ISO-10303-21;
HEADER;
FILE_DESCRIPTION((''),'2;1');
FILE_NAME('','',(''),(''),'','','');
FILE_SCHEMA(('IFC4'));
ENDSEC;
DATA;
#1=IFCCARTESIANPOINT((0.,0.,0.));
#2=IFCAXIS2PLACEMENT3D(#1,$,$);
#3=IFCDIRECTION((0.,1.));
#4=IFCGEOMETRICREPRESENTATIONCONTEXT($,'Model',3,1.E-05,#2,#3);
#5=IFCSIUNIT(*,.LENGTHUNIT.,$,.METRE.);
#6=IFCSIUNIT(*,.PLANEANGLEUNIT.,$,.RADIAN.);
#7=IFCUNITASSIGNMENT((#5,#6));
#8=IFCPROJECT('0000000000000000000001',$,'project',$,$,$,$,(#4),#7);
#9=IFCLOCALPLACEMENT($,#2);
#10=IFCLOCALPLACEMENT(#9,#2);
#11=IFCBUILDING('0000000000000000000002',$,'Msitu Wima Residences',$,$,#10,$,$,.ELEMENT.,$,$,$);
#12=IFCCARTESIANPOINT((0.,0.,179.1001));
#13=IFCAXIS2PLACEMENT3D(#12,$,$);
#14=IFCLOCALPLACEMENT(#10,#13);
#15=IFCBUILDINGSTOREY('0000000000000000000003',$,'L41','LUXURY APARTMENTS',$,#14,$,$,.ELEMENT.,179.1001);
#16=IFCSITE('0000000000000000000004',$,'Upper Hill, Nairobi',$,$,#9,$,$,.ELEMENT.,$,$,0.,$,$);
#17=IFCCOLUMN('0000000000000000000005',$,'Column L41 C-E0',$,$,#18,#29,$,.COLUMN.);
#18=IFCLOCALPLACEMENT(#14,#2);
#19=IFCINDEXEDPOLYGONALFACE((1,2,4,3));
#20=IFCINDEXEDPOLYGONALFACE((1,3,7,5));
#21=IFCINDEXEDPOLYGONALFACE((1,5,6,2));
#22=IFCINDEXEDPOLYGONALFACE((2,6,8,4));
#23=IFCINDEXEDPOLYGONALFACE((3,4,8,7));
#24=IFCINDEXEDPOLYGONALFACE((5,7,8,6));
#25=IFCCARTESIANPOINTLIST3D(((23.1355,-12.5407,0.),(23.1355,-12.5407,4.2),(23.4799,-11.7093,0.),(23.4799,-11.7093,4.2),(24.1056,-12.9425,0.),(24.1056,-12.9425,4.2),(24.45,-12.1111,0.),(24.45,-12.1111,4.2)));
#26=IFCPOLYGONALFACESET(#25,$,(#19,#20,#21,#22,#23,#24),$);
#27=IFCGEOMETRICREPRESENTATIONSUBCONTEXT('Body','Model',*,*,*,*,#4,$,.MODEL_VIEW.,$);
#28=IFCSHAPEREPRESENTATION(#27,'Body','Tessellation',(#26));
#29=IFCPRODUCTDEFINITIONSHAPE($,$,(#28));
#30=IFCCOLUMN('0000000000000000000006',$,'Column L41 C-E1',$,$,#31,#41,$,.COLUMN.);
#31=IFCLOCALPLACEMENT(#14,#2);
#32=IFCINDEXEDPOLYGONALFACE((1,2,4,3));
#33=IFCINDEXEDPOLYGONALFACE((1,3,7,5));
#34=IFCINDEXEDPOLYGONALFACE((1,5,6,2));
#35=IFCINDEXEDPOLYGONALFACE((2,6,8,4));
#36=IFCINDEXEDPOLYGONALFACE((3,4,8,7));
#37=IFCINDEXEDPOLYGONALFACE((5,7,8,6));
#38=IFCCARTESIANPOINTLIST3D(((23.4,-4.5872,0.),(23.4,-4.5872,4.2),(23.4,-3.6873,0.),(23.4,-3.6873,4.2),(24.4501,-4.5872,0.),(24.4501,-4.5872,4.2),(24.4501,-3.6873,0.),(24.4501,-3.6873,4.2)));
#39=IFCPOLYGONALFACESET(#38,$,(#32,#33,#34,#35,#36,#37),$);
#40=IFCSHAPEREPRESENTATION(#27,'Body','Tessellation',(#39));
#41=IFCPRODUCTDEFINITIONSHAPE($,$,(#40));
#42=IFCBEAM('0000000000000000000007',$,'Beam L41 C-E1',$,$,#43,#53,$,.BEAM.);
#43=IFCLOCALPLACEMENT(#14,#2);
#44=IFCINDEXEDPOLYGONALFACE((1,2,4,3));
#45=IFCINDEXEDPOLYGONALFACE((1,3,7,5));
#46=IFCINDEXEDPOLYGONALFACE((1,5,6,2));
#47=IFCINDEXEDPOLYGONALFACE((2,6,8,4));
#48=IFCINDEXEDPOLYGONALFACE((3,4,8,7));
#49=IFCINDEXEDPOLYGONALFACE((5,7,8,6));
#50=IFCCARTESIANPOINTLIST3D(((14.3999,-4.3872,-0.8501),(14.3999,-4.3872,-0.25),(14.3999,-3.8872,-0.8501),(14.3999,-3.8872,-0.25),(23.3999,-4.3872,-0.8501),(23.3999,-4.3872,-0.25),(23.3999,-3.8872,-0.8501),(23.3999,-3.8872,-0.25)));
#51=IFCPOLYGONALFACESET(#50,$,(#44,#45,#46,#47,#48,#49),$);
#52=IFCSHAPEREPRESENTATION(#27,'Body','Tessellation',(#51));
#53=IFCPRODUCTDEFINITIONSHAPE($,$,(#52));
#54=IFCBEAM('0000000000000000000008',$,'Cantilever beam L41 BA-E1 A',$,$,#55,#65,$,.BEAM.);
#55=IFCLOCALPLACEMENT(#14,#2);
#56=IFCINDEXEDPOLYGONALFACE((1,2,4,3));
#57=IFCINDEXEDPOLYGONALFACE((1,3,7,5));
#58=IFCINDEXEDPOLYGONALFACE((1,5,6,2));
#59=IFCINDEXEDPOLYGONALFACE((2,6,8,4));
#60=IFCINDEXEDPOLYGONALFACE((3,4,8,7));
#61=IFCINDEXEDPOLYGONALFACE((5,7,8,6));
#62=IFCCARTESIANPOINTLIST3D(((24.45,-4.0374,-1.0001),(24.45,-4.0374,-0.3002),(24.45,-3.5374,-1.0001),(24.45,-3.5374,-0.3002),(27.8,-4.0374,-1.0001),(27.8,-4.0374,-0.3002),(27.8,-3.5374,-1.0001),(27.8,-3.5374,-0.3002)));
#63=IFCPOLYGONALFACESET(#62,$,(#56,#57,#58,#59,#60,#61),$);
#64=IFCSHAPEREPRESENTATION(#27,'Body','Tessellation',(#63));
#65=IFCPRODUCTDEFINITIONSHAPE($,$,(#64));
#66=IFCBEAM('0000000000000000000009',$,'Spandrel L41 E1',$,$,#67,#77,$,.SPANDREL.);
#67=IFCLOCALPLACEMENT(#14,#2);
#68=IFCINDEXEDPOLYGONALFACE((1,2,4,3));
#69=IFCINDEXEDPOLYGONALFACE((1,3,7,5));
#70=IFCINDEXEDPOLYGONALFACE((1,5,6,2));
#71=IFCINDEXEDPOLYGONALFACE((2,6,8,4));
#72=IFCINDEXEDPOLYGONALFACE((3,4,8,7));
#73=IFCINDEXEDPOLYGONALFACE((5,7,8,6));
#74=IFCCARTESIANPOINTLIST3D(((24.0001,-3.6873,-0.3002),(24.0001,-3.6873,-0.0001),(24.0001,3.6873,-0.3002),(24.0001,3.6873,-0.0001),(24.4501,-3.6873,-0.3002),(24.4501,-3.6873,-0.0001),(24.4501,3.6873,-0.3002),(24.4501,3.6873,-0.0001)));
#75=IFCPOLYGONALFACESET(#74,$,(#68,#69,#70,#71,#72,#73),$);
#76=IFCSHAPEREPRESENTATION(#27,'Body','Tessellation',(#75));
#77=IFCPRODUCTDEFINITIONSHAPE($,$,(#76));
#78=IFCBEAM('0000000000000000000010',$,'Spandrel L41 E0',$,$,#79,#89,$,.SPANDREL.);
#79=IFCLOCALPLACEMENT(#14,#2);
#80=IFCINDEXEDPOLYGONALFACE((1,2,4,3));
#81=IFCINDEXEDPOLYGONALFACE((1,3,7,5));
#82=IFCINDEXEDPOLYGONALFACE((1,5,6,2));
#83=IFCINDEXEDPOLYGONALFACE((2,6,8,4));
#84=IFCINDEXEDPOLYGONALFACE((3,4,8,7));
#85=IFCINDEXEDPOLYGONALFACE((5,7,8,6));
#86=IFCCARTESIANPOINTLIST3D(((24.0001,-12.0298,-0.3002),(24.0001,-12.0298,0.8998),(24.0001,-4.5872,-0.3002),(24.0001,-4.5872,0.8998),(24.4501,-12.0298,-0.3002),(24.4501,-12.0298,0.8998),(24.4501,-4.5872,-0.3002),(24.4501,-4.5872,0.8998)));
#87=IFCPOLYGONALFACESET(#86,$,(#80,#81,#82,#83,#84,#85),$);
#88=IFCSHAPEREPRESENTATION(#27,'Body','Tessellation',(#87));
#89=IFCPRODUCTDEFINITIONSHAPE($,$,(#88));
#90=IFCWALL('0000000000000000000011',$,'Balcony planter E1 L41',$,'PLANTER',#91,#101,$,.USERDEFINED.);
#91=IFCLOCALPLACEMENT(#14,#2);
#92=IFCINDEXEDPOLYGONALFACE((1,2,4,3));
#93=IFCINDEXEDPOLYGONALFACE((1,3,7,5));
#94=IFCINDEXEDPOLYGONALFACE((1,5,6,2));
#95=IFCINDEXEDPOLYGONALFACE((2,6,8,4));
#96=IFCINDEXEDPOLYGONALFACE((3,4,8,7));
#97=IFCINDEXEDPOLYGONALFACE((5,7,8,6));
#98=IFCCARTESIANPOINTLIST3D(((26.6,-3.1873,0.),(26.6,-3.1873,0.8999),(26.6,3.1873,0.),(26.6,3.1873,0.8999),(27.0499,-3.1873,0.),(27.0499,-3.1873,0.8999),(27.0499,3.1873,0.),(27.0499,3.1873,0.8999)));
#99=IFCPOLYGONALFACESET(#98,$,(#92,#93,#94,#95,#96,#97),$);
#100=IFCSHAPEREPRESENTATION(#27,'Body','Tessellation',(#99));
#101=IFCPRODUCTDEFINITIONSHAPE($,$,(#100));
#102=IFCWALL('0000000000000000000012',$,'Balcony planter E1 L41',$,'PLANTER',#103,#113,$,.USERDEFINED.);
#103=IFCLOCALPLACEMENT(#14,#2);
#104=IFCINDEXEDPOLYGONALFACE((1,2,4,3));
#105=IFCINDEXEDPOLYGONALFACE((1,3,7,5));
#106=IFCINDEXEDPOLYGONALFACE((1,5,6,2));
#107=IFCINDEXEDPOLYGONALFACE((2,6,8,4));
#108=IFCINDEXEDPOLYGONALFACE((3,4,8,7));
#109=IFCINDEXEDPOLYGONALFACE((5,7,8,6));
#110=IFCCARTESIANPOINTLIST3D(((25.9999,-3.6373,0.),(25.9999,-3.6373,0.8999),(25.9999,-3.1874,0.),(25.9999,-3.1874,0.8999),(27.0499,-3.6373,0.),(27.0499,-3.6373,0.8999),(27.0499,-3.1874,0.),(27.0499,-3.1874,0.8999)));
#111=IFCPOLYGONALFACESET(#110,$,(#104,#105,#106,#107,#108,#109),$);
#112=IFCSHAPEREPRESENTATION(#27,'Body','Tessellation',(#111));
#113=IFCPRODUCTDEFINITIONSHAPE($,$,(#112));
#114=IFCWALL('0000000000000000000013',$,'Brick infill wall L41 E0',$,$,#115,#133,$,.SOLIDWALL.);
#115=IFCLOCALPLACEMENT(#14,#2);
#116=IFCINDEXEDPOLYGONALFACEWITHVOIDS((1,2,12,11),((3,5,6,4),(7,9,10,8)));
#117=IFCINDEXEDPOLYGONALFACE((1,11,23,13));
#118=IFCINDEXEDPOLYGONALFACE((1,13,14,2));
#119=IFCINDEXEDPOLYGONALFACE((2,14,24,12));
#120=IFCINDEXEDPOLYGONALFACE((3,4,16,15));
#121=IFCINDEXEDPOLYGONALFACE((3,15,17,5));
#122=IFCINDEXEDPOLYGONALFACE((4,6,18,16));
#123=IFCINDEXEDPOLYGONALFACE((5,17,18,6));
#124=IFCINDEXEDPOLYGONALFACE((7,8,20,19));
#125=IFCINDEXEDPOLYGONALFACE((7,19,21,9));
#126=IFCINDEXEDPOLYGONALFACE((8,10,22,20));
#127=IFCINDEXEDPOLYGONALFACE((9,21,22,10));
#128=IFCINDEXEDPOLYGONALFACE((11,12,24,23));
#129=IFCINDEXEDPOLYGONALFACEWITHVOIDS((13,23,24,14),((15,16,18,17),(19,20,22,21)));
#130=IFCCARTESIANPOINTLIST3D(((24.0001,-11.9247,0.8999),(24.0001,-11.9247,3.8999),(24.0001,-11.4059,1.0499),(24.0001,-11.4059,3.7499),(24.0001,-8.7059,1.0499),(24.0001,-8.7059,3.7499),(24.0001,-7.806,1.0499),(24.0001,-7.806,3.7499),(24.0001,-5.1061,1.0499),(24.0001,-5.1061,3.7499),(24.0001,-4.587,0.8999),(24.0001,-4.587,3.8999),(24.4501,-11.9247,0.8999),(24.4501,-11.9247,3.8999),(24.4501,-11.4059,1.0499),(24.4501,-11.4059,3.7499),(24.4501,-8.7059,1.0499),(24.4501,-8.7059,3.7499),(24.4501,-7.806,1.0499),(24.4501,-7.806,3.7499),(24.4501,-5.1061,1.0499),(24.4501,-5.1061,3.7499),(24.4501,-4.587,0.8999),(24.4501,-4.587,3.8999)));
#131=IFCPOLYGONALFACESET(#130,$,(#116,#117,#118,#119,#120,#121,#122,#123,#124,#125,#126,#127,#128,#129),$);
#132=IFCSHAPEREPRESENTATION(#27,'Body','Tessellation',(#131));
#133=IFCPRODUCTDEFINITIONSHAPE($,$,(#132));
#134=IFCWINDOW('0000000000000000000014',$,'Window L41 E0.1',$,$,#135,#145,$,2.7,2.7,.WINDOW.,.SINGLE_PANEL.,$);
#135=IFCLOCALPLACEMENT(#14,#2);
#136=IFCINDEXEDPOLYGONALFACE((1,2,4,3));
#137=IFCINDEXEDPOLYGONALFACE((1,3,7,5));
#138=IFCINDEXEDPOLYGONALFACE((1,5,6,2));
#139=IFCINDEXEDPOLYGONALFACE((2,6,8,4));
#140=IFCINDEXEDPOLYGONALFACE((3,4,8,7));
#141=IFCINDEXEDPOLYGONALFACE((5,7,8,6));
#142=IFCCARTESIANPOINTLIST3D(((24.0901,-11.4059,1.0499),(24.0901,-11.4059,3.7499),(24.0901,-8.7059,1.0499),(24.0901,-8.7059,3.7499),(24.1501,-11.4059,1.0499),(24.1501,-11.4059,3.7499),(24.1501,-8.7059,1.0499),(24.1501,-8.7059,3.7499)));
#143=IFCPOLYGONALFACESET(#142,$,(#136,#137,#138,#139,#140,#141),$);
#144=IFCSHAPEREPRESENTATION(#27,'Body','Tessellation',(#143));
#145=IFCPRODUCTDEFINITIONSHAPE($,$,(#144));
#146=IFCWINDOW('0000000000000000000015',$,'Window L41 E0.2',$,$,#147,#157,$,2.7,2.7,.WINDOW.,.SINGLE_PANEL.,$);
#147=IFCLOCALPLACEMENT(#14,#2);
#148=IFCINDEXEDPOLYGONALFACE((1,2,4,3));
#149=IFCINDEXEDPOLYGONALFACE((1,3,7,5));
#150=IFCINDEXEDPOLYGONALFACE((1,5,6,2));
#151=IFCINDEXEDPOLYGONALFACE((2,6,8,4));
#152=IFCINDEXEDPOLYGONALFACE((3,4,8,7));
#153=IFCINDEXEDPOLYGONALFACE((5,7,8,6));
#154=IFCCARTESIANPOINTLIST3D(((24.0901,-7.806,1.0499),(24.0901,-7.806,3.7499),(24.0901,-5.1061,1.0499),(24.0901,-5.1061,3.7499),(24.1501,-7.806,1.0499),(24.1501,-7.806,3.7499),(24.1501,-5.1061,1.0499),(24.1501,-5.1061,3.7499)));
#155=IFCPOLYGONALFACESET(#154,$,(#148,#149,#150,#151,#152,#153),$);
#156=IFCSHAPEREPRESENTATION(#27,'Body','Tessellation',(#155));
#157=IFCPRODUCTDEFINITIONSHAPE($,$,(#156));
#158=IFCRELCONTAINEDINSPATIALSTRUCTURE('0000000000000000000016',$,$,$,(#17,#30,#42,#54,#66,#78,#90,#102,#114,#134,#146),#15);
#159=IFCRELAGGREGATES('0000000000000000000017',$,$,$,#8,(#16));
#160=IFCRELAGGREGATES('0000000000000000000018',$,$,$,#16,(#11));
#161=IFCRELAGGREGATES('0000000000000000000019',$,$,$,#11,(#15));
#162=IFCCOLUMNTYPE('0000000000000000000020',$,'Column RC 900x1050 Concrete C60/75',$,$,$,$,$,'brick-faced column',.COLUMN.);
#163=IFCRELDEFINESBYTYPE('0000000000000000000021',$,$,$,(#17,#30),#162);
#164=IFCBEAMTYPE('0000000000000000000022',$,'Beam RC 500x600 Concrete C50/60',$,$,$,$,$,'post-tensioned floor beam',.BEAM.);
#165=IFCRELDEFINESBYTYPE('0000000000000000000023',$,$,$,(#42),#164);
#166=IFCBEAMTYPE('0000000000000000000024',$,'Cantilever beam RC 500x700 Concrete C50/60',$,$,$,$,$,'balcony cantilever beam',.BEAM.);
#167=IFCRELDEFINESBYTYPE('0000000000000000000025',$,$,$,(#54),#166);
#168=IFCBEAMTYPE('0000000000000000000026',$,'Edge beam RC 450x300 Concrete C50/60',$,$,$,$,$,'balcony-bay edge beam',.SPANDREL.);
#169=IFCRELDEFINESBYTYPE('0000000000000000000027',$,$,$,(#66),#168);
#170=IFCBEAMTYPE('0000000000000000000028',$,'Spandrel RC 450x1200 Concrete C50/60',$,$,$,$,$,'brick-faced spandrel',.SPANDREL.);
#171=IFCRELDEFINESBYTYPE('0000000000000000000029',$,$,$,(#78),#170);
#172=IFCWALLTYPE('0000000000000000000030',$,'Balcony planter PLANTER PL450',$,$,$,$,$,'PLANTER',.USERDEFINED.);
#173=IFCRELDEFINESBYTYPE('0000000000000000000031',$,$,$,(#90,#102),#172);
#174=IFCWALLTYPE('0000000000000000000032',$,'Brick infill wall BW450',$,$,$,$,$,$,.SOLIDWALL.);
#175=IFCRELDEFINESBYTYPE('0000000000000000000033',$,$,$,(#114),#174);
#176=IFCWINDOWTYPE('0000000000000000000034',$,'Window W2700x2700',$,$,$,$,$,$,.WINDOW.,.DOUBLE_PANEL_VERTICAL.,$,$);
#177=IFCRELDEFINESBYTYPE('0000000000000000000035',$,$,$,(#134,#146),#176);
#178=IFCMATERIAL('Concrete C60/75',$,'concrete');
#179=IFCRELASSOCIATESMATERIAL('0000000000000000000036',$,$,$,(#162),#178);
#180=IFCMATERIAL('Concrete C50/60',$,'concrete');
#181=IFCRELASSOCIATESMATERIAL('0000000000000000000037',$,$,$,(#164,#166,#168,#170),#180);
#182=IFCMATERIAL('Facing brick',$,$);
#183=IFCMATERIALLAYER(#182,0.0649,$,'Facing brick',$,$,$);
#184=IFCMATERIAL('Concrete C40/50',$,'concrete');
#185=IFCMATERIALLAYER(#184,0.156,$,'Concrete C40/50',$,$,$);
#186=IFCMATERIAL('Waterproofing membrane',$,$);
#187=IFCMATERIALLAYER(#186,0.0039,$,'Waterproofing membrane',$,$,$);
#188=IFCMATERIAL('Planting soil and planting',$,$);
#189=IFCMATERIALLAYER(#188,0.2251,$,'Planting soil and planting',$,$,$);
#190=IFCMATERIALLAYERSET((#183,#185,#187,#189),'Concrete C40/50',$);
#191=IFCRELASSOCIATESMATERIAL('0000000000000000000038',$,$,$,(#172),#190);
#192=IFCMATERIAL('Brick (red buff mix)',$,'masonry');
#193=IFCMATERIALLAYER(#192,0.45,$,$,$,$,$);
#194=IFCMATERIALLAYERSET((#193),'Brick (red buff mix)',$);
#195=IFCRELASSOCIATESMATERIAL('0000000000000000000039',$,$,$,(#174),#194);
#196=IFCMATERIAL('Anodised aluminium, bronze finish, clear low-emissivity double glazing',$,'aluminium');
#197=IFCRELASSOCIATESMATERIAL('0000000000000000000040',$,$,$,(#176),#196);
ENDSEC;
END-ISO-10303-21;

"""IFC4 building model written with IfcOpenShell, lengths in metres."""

from ifc_helpers import new_model, si_unit, direction, frame, frame_2d, origin, origin_2d, place, context, subcontext, project, spatial, rectangle, extrude, material, layer, layer_set, material_profile, profile_set, type_object, element, fill, save


model = new_model("IFC4")

# Units and contexts
model_context = context("Model", 3, precision=1e-05, world=origin(), true_north=direction((0.0, 1.0)))
body_context = subcontext(model_context, "Body", "Model", "MODEL_VIEW")
ifc_project = project(units=[si_unit("LENGTHUNIT", "METRE"), si_unit("PLANEANGLEUNIT", "RADIAN")], contexts=[model_context])

# Site, building, storey
site_placement = place(None, origin())
site = spatial("IfcSite", under=ifc_project, at=site_placement, Name="Upper Hill, Nairobi", CompositionType="ELEMENT", RefElevation=0.0)
building_placement = place(site_placement, origin())
building = spatial("IfcBuilding", under=site, at=building_placement, Name="Msitu Wima Residences", CompositionType="ELEMENT")
storey_placement = place(building_placement, frame((0.0, 0.0, 179.1001)))
storey = spatial("IfcBuildingStorey", under=building, at=storey_placement, Name="L41", Description="LUXURY APARTMENTS", CompositionType="ELEMENT", Elevation=179.1001)

# Columns
ifc_material_1 = material(Name="Concrete C60/75", Category="concrete")
ifc_material_profile_1 = material_profile(ifc_material_1, rectangle(XDim=0.8999, YDim=1.05, at=origin_2d()), Name="RC 900x1050")
ifc_profile_set_1 = profile_set([ifc_material_profile_1], Name="Concrete C60/75")
column_type = type_object("IfcColumnType", Name="Column RC 900x1050 Concrete C60/75", ElementType="brick-faced column", PredefinedType="COLUMN", material=ifc_profile_set_1)
for number, where, z_axis, x_axis, name in (
    (1, (23.7927, -12.3259, 0.0), (0.0, 0.0, 1.0), (0.382683, 0.92388, 0.0), "Column L41 C-E0"),
    (2, (23.925, -4.1372, 0.0), (0.0, 0.0, 1.0), (0.0, 1.0, 0.0), "Column L41 C-E1"),
):
    element("IfcColumn", number, at=place(storey_placement, frame(where, z_axis=z_axis, x_axis=x_axis)), inside=storey, type_object=column_type, Name=name, PredefinedType="COLUMN", context=body_context, shape_type="SweptSolid", body=[
        extrude(rectangle(XDim=0.8999, YDim=1.05, at=origin_2d()), origin(), (0.0, 0.0, 1.0), 4.2),
    ])

# Beams
ifc_material_2 = material(Name="Concrete C50/60", Category="concrete")
ifc_material_profile_2 = material_profile(ifc_material_2, rectangle(XDim=0.5, YDim=0.6001, at=origin_2d()), Name="RC 500x600")
ifc_profile_set_2 = profile_set([ifc_material_profile_2], Name="Concrete C50/60")
beam_type_1 = type_object("IfcBeamType", Name="Beam RC 500x600 Concrete C50/60", ElementType="post-tensioned floor beam", PredefinedType="BEAM", material=ifc_profile_set_2)
beam_1_placement = place(storey_placement, frame((23.3999, -4.1372, -0.55), z_axis=(-1.0, 0.0, 0.0), x_axis=(0.0, -1.0, 0.0)))
element("IfcBeam", 3, at=beam_1_placement, inside=storey, type_object=beam_type_1, Name="Beam L41 C-E1", PredefinedType="BEAM", context=body_context, shape_type="SweptSolid", body=[
    extrude(rectangle(XDim=0.5, YDim=0.6001, at=origin_2d()), origin(), (0.0, 0.0, 1.0), 9.0),
])
ifc_material_profile_3 = material_profile(ifc_material_2, rectangle(XDim=0.5, YDim=0.7, at=origin_2d()), Name="RC 500x700")
ifc_profile_set_3 = profile_set([ifc_material_profile_3], Name="Concrete C50/60")
beam_type_2 = type_object("IfcBeamType", Name="Cantilever beam RC 500x700 Concrete C50/60", ElementType="balcony cantilever beam", PredefinedType="BEAM", material=ifc_profile_set_3)
beam_2_placement = place(storey_placement, frame((24.45, -3.7874, -0.6501), z_axis=(1.0, 0.0, 0.0), x_axis=(0.0, 1.0, 0.0)))
element("IfcBeam", 4, at=beam_2_placement, inside=storey, type_object=beam_type_2, Name="Cantilever beam L41 BA-E1 A", PredefinedType="BEAM", context=body_context, shape_type="SweptSolid", body=[
    extrude(rectangle(XDim=0.5, YDim=0.7, at=origin_2d()), origin(), (0.0, 0.0, 1.0), 3.3501),
])
ifc_material_profile_4 = material_profile(ifc_material_2, rectangle(XDim=0.45, YDim=0.3, at=origin_2d()), Name="RC 450x300")
ifc_profile_set_4 = profile_set([ifc_material_profile_4], Name="Concrete C50/60")
beam_type_3 = type_object("IfcBeamType", Name="Edge beam RC 450x300 Concrete C50/60", ElementType="balcony-bay edge beam", PredefinedType="SPANDREL", material=ifc_profile_set_4)
beam_3_placement = place(storey_placement, frame((24.2251, -3.6873, -0.1501), z_axis=(0.0, 1.0, 0.0), x_axis=(-1.0, 0.0, 0.0)))
element("IfcBeam", 5, at=beam_3_placement, inside=storey, type_object=beam_type_3, Name="Spandrel L41 E1", PredefinedType="SPANDREL", context=body_context, shape_type="SweptSolid", body=[
    extrude(rectangle(XDim=0.45, YDim=0.3, at=origin_2d()), origin(), (0.0, 0.0, 1.0), 7.3745),
])
ifc_material_profile_5 = material_profile(ifc_material_2, rectangle(XDim=0.45, YDim=1.2, at=origin_2d()), Name="RC 450x1200")
ifc_profile_set_5 = profile_set([ifc_material_profile_5], Name="Concrete C50/60")
beam_type_4 = type_object("IfcBeamType", Name="Spandrel RC 450x1200 Concrete C50/60", ElementType="brick-faced spandrel", PredefinedType="SPANDREL", material=ifc_profile_set_5)
beam_4_placement = place(storey_placement, frame((24.2251, -12.0298, 0.2998), z_axis=(0.0, 1.0, 0.0), x_axis=(-1.0, 0.0, 0.0)))
element("IfcBeam", 6, at=beam_4_placement, inside=storey, type_object=beam_type_4, Name="Spandrel L41 E0", PredefinedType="SPANDREL", context=body_context, shape_type="SweptSolid", body=[
    extrude(rectangle(XDim=0.45, YDim=1.2, at=origin_2d()), origin(), (0.0, 0.0, 1.0), 7.4426),
])

# Walls
ifc_material_3 = material(Name="Facing brick")
ifc_layer_1 = layer(ifc_material_3, 0.0649, Name="Facing brick")
ifc_material_4 = material(Name="Concrete C40/50", Category="concrete")
ifc_layer_2 = layer(ifc_material_4, 0.156, Name="Concrete C40/50")
ifc_material_5 = material(Name="Waterproofing membrane")
ifc_layer_3 = layer(ifc_material_5, 0.0039, Name="Waterproofing membrane")
ifc_material_6 = material(Name="Planting soil and planting")
ifc_layer_4 = layer(ifc_material_6, 0.2251, Name="Planting soil and planting")
ifc_layer_set_1 = layer_set([ifc_layer_1, ifc_layer_2, ifc_layer_3, ifc_layer_4], Name="Concrete C40/50")
wall_type_1 = type_object("IfcWallType", Name="Balcony planter PLANTER PL450", ElementType="PLANTER", PredefinedType="USERDEFINED", material=ifc_layer_set_1)
wall_1_placement = place(storey_placement, frame((26.825, -3.1873, 0.0), z_axis=(0.0, 0.0, 1.0), x_axis=(0.0, 1.0, 0.0)))
element("IfcWall", 7, at=wall_1_placement, inside=storey, type_object=wall_type_1, Name="Balcony planter E1 L41", ObjectType="PLANTER", PredefinedType="USERDEFINED", context=body_context, shape_type="SweptSolid", body=[
    extrude(rectangle(XDim=6.3745, YDim=0.45, at=frame_2d((3.1873, 0.0))), origin(), (0.0, 0.0, 1.0), 0.8999),
])
wall_2_placement = place(storey_placement, frame((26.0, -3.4124, 0.0), z_axis=(0.0, 0.0, 1.0), x_axis=(1.0, 0.0, 0.0)))
element("IfcWall", 8, at=wall_2_placement, inside=storey, type_object=wall_type_1, Name="Balcony planter E1 L41", ObjectType="PLANTER", PredefinedType="USERDEFINED", context=body_context, shape_type="SweptSolid", body=[
    extrude(rectangle(XDim=1.05, YDim=0.45, at=frame_2d((0.5249, 0.0))), origin(), (0.0, 0.0, 1.0), 0.8999),
])

# Wall, openings, windows
ifc_material_7 = material(Name="Brick (red buff mix)", Category="masonry")
ifc_layer_5 = layer(ifc_material_7, 0.45)
ifc_layer_set_2 = layer_set([ifc_layer_5], Name="Brick (red buff mix)")
wall_type_2 = type_object("IfcWallType", Name="Brick infill wall BW450", PredefinedType="SOLIDWALL", material=ifc_layer_set_2)
wall_3_placement = place(storey_placement, frame((24.2251, -11.9248, 0.8999), z_axis=(0.0, 0.0, 1.0), x_axis=(0.0, 1.0, 0.0)))
wall_3 = element("IfcWall", 9, at=wall_3_placement, inside=storey, type_object=wall_type_2, Name="Brick infill wall L41 E0", PredefinedType="SOLIDWALL", context=body_context, shape_type="SweptSolid", body=[
    extrude(rectangle(XDim=7.3376, YDim=0.45, at=frame_2d((3.6689, 0.0))), origin(), (0.0, 0.0, 1.0), 3.0),
])
opening_1_placement = place(wall_3_placement, frame((0.5188, 0.0, 0.1499)))
opening_1 = element("IfcOpeningElement", 10, at=opening_1_placement, cuts=wall_3, PredefinedType="OPENING", context=body_context, shape_type="SweptSolid", body=[
    extrude(rectangle(XDim=2.7, YDim=2.7, at=frame_2d((1.3501, 1.3501))), frame((0.0, 0.2349, 0.0), z_axis=(0.0, -1.0, 0.0), x_axis=(1.0, 0.0, 0.0)), (0.0, 0.0, 1.0), 0.47),
])
opening_2_placement = place(wall_3_placement, frame((4.1187, 0.0, 0.1499)))
opening_2 = element("IfcOpeningElement", 11, at=opening_2_placement, cuts=wall_3, PredefinedType="OPENING", context=body_context, shape_type="SweptSolid", body=[
    extrude(rectangle(XDim=2.7, YDim=2.7, at=frame_2d((1.3501, 1.3501))), frame((0.0, 0.2349, 0.0), z_axis=(0.0, -1.0, 0.0), x_axis=(1.0, 0.0, 0.0)), (0.0, 0.0, 1.0), 0.47),
])
ifc_material_8 = material(Name="Anodised aluminium, bronze finish, clear low-emissivity double glazing", Category="aluminium")
window_type = type_object("IfcWindowType", Name="Window W2700x2700", PartitioningType="DOUBLE_PANEL_VERTICAL", PredefinedType="WINDOW", material=ifc_material_8)
window_1_placement = place(opening_1_placement, origin())
window_1 = element("IfcWindow", 12, at=window_1_placement, inside=storey, type_object=window_type, Name="Window L41 E0.1", OverallHeight=2.7, OverallWidth=2.7, PartitioningType="SINGLE_PANEL", PredefinedType="WINDOW", context=body_context, shape_type="SweptSolid", body=[
    extrude(rectangle(XDim=2.7, YDim=2.7, at=frame_2d((1.3501, 1.3501))), frame((0.0, 0.135, 0.0), z_axis=(0.0, -1.0, 0.0), x_axis=(1.0, 0.0, 0.0)), (0.0, 0.0, 1.0), 0.0601),
])
fill(opening_1, window_1)
window_2_placement = place(opening_2_placement, origin())
window_2 = element("IfcWindow", 13, at=window_2_placement, inside=storey, type_object=window_type, Name="Window L41 E0.2", OverallHeight=2.7, OverallWidth=2.7, PartitioningType="SINGLE_PANEL", PredefinedType="WINDOW", context=body_context, shape_type="SweptSolid", body=[
    extrude(rectangle(XDim=2.7, YDim=2.7, at=frame_2d((1.3501, 1.3501))), frame((0.0, 0.135, 0.0), z_axis=(0.0, -1.0, 0.0), x_axis=(1.0, 0.0, 0.0)), (0.0, 0.0, 1.0), 0.0601),
])
fill(opening_2, window_2)

save(model, "model.ifc")
